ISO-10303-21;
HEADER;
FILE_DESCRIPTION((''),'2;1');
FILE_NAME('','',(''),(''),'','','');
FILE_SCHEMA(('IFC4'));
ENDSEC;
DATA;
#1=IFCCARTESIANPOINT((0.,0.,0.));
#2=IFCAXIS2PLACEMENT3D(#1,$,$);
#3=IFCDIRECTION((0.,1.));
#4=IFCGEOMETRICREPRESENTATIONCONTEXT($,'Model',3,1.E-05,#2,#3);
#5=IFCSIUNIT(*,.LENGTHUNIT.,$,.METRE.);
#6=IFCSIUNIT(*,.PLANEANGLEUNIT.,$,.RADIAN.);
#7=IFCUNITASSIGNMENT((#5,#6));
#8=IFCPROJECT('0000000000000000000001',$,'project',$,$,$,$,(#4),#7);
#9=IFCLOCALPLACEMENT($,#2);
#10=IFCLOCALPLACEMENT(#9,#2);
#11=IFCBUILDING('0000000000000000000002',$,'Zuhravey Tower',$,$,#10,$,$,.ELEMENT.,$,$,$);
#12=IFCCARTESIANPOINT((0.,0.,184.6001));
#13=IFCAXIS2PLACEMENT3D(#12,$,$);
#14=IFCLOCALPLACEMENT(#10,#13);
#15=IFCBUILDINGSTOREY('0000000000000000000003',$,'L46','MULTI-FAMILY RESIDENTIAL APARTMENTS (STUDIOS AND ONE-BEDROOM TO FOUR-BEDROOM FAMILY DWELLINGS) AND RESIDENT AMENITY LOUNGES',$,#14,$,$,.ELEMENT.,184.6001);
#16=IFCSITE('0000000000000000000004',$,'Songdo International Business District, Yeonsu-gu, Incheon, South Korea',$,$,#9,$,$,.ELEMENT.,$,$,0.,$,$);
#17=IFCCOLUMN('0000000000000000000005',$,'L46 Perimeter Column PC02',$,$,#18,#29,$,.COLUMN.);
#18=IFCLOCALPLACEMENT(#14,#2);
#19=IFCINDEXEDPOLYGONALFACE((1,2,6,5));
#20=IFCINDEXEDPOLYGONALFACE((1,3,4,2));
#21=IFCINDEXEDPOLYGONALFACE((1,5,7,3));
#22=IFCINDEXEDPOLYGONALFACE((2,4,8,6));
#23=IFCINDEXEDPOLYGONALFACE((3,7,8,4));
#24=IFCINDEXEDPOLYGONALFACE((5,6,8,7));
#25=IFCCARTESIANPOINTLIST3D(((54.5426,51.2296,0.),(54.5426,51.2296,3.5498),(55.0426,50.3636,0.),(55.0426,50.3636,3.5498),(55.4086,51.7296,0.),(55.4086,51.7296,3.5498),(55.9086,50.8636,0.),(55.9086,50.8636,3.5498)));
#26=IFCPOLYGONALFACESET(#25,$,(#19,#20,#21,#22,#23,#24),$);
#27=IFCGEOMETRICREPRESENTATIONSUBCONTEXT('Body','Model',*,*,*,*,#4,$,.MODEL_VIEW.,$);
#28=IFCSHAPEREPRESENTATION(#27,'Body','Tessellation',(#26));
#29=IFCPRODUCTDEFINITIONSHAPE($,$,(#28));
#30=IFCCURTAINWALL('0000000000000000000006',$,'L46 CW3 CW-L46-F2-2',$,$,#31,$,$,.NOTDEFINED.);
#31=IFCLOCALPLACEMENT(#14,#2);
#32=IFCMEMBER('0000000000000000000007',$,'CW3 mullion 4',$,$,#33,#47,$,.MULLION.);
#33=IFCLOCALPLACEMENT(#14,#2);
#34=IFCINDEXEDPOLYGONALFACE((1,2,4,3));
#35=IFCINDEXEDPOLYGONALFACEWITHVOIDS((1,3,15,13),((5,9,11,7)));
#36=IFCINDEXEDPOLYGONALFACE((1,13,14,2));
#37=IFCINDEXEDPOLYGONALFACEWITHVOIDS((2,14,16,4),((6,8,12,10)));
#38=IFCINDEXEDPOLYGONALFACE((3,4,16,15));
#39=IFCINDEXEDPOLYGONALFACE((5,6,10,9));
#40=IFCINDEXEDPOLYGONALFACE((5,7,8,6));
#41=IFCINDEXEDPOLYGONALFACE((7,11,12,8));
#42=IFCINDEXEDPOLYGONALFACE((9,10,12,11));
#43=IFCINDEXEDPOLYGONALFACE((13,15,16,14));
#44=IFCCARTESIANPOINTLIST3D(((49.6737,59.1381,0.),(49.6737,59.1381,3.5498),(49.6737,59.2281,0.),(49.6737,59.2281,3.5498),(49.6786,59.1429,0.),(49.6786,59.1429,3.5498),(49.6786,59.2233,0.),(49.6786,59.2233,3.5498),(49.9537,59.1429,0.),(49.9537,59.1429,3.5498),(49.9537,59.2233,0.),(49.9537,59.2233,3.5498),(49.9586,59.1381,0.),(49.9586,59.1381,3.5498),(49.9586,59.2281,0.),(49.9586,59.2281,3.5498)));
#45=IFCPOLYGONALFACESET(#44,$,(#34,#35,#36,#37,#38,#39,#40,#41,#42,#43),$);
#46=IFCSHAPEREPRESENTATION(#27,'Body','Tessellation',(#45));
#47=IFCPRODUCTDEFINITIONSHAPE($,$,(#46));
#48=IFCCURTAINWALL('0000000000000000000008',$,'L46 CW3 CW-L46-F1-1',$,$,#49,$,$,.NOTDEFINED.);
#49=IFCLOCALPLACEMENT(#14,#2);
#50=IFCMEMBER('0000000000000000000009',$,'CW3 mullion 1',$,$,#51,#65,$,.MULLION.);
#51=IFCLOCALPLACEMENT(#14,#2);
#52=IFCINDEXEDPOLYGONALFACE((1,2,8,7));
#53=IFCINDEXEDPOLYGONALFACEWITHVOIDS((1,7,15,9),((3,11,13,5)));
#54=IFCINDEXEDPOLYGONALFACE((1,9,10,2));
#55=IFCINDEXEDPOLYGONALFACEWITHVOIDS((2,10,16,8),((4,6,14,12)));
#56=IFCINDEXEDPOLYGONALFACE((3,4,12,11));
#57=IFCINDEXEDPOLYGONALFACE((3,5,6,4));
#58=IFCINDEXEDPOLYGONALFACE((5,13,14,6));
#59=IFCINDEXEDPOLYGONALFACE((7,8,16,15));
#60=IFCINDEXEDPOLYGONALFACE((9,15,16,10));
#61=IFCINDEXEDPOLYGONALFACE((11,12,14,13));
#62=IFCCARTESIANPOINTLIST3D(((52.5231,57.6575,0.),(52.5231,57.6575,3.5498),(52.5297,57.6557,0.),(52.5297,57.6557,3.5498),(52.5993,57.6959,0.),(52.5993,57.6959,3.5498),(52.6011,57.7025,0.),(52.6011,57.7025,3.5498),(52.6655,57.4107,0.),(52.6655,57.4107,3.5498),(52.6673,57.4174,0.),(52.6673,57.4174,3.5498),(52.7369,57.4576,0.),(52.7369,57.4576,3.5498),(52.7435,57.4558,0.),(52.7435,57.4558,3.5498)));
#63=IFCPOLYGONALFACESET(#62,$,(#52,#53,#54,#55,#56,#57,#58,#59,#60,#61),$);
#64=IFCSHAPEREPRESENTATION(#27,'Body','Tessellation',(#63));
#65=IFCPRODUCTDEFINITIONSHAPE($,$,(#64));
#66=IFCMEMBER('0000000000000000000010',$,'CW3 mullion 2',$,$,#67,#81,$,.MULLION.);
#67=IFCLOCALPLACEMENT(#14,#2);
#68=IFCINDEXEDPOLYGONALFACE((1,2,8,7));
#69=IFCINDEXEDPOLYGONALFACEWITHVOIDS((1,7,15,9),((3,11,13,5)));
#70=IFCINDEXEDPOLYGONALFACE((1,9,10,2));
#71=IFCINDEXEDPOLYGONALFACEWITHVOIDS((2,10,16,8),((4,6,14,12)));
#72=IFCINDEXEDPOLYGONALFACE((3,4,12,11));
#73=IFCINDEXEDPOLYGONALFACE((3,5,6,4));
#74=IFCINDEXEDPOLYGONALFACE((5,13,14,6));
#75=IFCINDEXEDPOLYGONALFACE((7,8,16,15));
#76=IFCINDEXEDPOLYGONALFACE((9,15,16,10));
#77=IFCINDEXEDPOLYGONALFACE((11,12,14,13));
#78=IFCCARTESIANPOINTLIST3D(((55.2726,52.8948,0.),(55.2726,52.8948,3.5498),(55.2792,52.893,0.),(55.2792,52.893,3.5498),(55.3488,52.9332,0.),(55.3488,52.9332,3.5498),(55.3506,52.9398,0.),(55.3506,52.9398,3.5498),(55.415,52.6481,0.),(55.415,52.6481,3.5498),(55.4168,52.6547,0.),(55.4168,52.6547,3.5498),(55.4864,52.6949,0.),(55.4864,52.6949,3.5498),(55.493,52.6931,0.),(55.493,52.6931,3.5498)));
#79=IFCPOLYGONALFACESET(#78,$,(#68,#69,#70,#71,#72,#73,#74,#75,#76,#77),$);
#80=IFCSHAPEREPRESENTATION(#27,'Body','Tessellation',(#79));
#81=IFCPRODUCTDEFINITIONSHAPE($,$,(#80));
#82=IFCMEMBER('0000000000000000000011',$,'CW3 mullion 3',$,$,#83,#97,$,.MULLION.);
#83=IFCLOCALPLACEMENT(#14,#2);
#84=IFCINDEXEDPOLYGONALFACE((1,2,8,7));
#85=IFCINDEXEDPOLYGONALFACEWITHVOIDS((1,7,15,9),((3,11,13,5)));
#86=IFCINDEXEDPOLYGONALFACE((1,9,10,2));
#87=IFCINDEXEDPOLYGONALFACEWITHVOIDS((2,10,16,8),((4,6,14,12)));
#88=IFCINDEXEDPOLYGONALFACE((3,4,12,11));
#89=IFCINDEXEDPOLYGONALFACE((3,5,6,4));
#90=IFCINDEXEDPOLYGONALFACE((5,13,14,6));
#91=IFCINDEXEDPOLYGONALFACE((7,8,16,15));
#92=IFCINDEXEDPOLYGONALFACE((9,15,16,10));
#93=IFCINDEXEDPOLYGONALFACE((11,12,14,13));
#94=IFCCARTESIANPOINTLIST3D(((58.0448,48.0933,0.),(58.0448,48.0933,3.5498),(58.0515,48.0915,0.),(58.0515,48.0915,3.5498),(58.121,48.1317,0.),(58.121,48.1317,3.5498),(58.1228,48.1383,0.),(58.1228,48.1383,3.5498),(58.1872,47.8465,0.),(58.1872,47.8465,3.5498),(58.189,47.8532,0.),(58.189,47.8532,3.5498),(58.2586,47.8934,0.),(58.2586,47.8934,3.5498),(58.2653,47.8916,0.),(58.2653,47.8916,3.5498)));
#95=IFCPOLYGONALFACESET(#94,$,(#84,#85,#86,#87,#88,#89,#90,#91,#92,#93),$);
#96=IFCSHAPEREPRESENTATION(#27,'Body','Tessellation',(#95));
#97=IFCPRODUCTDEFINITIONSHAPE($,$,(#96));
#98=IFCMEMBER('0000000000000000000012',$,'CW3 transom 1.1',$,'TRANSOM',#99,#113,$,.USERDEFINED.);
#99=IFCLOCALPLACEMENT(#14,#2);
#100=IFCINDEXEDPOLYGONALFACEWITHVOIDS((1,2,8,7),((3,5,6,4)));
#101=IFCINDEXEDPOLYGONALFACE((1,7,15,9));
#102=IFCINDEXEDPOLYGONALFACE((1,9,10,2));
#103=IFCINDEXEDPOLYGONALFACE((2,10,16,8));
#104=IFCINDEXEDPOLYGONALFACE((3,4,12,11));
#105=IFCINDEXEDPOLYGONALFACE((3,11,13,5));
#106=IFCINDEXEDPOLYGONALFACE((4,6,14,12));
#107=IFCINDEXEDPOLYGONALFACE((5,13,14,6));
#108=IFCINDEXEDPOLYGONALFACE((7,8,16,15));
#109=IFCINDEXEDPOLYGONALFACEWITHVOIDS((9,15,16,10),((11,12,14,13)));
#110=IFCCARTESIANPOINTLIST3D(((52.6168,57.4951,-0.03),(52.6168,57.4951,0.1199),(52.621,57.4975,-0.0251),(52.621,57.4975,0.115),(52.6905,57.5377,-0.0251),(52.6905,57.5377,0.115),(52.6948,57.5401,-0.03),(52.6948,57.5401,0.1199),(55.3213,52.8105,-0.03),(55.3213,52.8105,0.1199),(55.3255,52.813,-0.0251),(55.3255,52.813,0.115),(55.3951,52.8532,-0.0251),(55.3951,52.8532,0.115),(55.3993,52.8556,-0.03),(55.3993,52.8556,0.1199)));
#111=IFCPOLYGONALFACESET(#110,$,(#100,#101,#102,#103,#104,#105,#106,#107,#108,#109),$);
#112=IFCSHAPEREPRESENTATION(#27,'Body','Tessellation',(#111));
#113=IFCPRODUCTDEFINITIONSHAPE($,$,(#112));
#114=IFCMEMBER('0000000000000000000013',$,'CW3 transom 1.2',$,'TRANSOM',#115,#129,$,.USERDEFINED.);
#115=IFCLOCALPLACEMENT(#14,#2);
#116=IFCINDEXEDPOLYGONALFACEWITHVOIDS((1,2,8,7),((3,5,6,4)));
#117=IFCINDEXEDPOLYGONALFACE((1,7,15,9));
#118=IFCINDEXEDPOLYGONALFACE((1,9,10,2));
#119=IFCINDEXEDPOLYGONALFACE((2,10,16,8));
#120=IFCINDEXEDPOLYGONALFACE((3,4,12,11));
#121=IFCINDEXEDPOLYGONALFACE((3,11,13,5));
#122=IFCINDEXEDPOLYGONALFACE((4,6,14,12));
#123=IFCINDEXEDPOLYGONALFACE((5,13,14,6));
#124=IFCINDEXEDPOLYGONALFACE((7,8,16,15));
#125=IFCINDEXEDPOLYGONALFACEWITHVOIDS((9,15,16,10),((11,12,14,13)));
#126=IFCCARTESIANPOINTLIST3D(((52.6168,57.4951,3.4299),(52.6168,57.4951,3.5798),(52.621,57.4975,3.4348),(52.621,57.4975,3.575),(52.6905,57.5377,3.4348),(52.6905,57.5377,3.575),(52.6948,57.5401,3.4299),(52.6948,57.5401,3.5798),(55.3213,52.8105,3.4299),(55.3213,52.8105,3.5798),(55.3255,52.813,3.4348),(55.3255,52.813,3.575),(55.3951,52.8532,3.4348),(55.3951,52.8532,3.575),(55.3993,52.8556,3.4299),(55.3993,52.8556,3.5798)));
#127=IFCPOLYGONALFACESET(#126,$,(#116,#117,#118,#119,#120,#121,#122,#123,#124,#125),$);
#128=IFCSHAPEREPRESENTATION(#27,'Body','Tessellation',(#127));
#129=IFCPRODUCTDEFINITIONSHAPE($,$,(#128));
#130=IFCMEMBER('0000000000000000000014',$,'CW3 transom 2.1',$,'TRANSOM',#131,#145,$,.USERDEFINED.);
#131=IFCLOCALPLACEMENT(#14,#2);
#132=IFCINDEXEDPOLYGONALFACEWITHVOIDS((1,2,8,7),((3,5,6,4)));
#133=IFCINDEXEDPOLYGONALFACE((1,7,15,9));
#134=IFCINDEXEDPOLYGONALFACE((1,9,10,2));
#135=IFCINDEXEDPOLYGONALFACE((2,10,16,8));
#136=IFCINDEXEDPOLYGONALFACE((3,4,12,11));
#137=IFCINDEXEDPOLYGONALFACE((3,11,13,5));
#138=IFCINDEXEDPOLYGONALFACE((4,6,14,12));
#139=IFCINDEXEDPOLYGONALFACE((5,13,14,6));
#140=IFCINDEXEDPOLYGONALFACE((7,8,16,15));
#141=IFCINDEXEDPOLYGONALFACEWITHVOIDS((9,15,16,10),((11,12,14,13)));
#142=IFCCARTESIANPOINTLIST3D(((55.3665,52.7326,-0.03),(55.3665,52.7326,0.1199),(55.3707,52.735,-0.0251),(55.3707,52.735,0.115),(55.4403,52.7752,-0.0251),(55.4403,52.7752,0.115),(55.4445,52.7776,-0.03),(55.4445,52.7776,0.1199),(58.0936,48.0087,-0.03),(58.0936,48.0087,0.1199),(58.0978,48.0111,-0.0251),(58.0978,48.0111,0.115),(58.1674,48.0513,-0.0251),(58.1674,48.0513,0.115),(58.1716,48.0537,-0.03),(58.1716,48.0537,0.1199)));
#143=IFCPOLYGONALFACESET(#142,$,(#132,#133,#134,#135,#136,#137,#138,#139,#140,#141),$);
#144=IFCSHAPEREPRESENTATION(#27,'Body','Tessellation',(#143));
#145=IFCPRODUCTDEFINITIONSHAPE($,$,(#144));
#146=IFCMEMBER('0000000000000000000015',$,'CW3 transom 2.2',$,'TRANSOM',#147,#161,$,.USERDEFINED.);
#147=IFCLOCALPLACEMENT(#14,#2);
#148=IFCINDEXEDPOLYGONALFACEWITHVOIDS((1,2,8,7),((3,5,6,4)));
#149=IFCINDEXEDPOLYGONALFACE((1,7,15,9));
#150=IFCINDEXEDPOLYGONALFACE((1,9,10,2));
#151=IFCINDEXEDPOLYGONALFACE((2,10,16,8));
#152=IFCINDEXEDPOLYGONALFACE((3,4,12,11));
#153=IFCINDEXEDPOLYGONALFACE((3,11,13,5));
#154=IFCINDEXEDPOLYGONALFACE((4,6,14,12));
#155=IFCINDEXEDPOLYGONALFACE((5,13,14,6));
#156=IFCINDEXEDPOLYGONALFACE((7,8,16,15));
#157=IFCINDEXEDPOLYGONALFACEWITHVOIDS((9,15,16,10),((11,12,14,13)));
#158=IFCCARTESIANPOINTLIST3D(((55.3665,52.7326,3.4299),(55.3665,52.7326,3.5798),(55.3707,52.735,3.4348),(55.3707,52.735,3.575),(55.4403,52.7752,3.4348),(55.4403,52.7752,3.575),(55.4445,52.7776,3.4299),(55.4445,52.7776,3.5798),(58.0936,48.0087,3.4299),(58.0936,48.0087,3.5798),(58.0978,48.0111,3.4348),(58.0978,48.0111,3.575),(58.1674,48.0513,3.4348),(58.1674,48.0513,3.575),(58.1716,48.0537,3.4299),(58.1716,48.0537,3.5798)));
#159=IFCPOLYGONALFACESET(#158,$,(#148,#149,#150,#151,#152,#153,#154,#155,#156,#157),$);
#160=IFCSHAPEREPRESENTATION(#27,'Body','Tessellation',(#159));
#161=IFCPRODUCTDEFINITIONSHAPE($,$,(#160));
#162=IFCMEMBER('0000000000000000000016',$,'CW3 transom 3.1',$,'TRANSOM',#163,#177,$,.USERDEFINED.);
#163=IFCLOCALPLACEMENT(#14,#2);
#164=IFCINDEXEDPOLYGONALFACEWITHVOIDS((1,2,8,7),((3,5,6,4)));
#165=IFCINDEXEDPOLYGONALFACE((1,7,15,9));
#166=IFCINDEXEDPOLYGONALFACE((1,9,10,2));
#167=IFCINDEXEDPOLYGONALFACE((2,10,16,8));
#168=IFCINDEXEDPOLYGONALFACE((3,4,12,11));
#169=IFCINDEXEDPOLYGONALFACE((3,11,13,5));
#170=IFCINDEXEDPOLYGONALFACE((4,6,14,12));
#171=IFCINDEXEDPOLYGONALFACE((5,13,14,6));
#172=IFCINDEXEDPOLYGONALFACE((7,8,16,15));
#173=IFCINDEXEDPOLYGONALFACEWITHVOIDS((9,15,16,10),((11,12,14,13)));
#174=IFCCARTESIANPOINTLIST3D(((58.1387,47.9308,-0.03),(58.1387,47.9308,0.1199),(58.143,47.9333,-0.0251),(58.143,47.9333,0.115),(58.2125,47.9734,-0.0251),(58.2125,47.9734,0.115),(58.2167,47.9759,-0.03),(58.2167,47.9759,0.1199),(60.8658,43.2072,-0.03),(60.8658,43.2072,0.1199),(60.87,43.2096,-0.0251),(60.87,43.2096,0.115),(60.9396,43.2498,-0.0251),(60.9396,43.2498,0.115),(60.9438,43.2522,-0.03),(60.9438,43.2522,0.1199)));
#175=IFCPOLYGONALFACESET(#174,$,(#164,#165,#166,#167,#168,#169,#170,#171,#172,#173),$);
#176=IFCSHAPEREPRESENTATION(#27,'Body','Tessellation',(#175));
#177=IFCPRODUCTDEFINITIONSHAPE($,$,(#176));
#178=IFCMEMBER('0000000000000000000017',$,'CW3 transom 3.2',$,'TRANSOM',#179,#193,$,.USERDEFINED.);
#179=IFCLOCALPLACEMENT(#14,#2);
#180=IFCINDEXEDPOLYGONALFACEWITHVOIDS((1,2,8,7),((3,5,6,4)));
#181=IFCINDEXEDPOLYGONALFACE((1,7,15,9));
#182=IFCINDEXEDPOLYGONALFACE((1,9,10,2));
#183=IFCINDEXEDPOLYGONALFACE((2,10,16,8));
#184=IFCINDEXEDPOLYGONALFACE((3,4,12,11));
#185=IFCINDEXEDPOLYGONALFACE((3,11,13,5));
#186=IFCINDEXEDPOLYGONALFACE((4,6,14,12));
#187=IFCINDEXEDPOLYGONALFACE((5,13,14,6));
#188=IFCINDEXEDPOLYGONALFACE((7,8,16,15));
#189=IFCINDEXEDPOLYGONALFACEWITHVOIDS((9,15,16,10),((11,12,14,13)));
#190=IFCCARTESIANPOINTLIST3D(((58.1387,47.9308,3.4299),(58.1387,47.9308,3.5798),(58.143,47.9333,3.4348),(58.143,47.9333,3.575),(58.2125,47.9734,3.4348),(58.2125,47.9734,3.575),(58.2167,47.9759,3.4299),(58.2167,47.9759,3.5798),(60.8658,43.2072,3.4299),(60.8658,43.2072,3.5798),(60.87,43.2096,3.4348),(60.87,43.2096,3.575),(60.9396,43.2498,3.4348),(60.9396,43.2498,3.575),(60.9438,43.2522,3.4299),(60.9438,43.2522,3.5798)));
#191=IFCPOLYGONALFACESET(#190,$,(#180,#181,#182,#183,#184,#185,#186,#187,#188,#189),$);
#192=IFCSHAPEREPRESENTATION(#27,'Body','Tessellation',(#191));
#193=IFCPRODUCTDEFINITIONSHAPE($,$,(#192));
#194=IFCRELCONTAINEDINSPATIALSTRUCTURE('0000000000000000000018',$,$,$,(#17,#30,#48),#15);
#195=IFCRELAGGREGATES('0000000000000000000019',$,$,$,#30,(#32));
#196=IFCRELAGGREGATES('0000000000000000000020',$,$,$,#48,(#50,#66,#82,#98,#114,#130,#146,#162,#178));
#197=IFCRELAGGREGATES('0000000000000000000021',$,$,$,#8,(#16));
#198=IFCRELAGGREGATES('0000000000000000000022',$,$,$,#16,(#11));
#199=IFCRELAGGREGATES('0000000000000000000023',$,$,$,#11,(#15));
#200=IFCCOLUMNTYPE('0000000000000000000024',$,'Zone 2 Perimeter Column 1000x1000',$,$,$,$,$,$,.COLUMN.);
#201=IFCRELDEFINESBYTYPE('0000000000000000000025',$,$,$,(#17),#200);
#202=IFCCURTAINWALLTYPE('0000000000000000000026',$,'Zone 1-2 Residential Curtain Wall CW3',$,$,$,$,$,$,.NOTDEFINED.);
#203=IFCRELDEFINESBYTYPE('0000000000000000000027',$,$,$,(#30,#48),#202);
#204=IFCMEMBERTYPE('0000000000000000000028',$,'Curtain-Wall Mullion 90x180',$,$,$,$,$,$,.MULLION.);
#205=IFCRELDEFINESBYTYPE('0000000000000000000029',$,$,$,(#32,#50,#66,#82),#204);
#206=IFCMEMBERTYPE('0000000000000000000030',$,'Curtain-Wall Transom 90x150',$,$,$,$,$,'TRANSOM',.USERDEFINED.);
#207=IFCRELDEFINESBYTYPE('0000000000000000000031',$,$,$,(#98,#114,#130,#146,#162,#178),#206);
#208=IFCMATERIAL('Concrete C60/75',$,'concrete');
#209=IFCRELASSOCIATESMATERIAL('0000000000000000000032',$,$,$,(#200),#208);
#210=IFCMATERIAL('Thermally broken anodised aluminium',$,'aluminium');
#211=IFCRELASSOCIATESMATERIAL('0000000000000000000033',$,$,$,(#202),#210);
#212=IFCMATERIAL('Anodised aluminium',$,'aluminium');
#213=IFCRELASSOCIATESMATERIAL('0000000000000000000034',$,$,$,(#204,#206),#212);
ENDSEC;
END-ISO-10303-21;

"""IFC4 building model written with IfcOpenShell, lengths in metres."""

from ifc_helpers import new_model, si_unit, direction, frame, origin, origin_2d, place, context, subcontext, project, spatial, rectangle, hollow_rectangle, extrude, material, material_profile, profile_set, type_object, element, aggregate, save


model = new_model("IFC4")

# Units and contexts
model_context = context("Model", 3, precision=1e-05, world=origin(), true_north=direction((0.0, 1.0)))
body_context = subcontext(model_context, "Body", "Model", "MODEL_VIEW")
ifc_project = project(units=[si_unit("LENGTHUNIT", "METRE"), si_unit("PLANEANGLEUNIT", "RADIAN")], contexts=[model_context])

# Site, building, storey
site_placement = place(None, origin())
site = spatial("IfcSite", under=ifc_project, at=site_placement, Name="Songdo International Business District, Yeonsu-gu, Incheon, South Korea", CompositionType="ELEMENT", RefElevation=0.0)
building_placement = place(site_placement, origin())
building = spatial("IfcBuilding", under=site, at=building_placement, Name="Zuhravey Tower", CompositionType="ELEMENT")
storey_placement = place(building_placement, frame((0.0, 0.0, 184.6001)))
storey = spatial("IfcBuildingStorey", under=building, at=storey_placement, Name="L46", Description="MULTI-FAMILY RESIDENTIAL APARTMENTS (STUDIOS AND ONE-BEDROOM TO FOUR-BEDROOM FAMILY DWELLINGS) AND RESIDENT AMENITY LOUNGES", CompositionType="ELEMENT", Elevation=184.6001)

# Column
ifc_material_1 = material(Name="Concrete C60/75", Category="concrete")
ifc_material_profile_1 = material_profile(ifc_material_1, rectangle(XDim=1.0, YDim=1.0, at=origin_2d()), Name="RC-1000x1000")
ifc_profile_set_1 = profile_set([ifc_material_profile_1], Name="Concrete C60/75")
column_type = type_object("IfcColumnType", Name="Zone 2 Perimeter Column 1000x1000", PredefinedType="COLUMN", material=ifc_profile_set_1)
column_placement = place(storey_placement, frame((55.2256, 51.0466, 0.0), z_axis=(0.0, 0.0, 1.0), x_axis=(-0.5, 0.866025, 0.0)))
element("IfcColumn", 1, at=column_placement, inside=storey, type_object=column_type, Name="L46 Perimeter Column PC02", PredefinedType="COLUMN", context=body_context, shape_type="SweptSolid", body=[
    extrude(rectangle(XDim=1.0, YDim=1.0, at=origin_2d()), origin(), (0.0, 0.0, 1.0), 3.5498),
])

# Curtain wall, member
ifc_material_2 = material(Name="Thermally broken anodised aluminium", Category="aluminium")
curtain_wall_type = type_object("IfcCurtainWallType", Name="Zone 1-2 Residential Curtain Wall CW3", PredefinedType="NOTDEFINED", material=ifc_material_2)
curtain_wall_1_placement = place(storey_placement, origin())
curtain_wall_1 = element("IfcCurtainWall", 2, at=curtain_wall_1_placement, inside=storey, type_object=curtain_wall_type, Name="L46 CW3 CW-L46-F2-2", PredefinedType="NOTDEFINED")
ifc_material_3 = material(Name="Anodised aluminium", Category="aluminium")
ifc_material_profile_2 = material_profile(ifc_material_3, hollow_rectangle(XDim=0.0901, YDim=0.2849, WallThickness=0.0049, at=origin_2d()), Name="ALU-RHS-90x285x5")
ifc_profile_set_2 = profile_set([ifc_material_profile_2], Name="Anodised aluminium")
member_type_1 = type_object("IfcMemberType", Name="Curtain-Wall Mullion 90x180", PredefinedType="MULLION", material=ifc_profile_set_2)
member_1_placement = place(storey_placement, frame((49.8162, 59.1831, 0.0), z_axis=(0.0, 0.0, 1.0), x_axis=(0.0, 1.0, 0.0)))
member_1 = element("IfcMember", 3, at=member_1_placement, type_object=member_type_1, Name="CW3 mullion 4", PredefinedType="MULLION", context=body_context, shape_type="SweptSolid", body=[
    extrude(hollow_rectangle(XDim=0.0901, YDim=0.2849, WallThickness=0.0049, at=origin_2d()), origin(), (0.0, 0.0, 1.0), 3.5498),
])
aggregate(curtain_wall_1, [member_1])

# Curtain wall, members
curtain_wall_2_placement = place(storey_placement, origin())
curtain_wall_2 = element("IfcCurtainWall", 4, at=curtain_wall_2_placement, inside=storey, type_object=curtain_wall_type, Name="L46 CW3 CW-L46-F1-1", PredefinedType="NOTDEFINED")
member_2_placement = place(storey_placement, frame((52.6333, 57.5566, 0.0), z_axis=(0.0, 0.0, 1.0), x_axis=(0.866025, 0.5, 0.0)))
member_2 = element("IfcMember", 5, at=member_2_placement, type_object=member_type_1, Name="CW3 mullion 1", PredefinedType="MULLION", context=body_context, shape_type="SweptSolid", body=[
    extrude(hollow_rectangle(XDim=0.0901, YDim=0.2849, WallThickness=0.0049, at=origin_2d()), origin(), (0.0, 0.0, 1.0), 3.5498),
])
member_3_placement = place(storey_placement, frame((55.3828, 52.7939, 0.0), z_axis=(0.0, 0.0, 1.0), x_axis=(0.866025, 0.5, 0.0)))
member_3 = element("IfcMember", 6, at=member_3_placement, type_object=member_type_1, Name="CW3 mullion 2", PredefinedType="MULLION", context=body_context, shape_type="SweptSolid", body=[
    extrude(hollow_rectangle(XDim=0.0901, YDim=0.2849, WallThickness=0.0049, at=origin_2d()), origin(), (0.0, 0.0, 1.0), 3.5498),
])
member_4_placement = place(storey_placement, frame((58.155, 47.9924, 0.0), z_axis=(0.0, 0.0, 1.0), x_axis=(0.866025, 0.5, 0.0)))
member_4 = element("IfcMember", 7, at=member_4_placement, type_object=member_type_1, Name="CW3 mullion 3", PredefinedType="MULLION", context=body_context, shape_type="SweptSolid", body=[
    extrude(hollow_rectangle(XDim=0.0901, YDim=0.2849, WallThickness=0.0049, at=origin_2d()), origin(), (0.0, 0.0, 1.0), 3.5498),
])
ifc_material_profile_3 = material_profile(ifc_material_3, hollow_rectangle(XDim=0.0901, YDim=0.1499, WallThickness=0.0049, at=origin_2d()), Name="ALU-RHS-90x150x5")
ifc_profile_set_3 = profile_set([ifc_material_profile_3], Name="Anodised aluminium")
member_type_2 = type_object("IfcMemberType", Name="Curtain-Wall Transom 90x150", ElementType="TRANSOM", PredefinedType="USERDEFINED", material=ifc_profile_set_3)
member_5_placement = place(storey_placement, frame((52.6558, 57.5176, 0.0449), z_axis=(0.499993, -0.866029, 0.0), x_axis=(0.866029, 0.499993, 0.0)))
member_5 = element("IfcMember", 8, at=member_5_placement, type_object=member_type_2, Name="CW3 transom 1.1", ObjectType="TRANSOM", PredefinedType="USERDEFINED", context=body_context, shape_type="SweptSolid", body=[
    extrude(hollow_rectangle(XDim=0.0901, YDim=0.1499, WallThickness=0.0049, at=origin_2d()), origin(), (0.0, 0.0, 1.0), 5.4092),
])
member_6_placement = place(storey_placement, frame((52.6558, 57.5176, 3.5049), z_axis=(0.499993, -0.866029, 0.0), x_axis=(0.866029, 0.499993, 0.0)))
member_6 = element("IfcMember", 9, at=member_6_placement, type_object=member_type_2, Name="CW3 transom 1.2", ObjectType="TRANSOM", PredefinedType="USERDEFINED", context=body_context, shape_type="SweptSolid", body=[
    extrude(hollow_rectangle(XDim=0.0901, YDim=0.1499, WallThickness=0.0049, at=origin_2d()), origin(), (0.0, 0.0, 1.0), 5.4092),
])
member_7_placement = place(storey_placement, frame((55.4055, 52.7551, 0.0449), z_axis=(0.499961, -0.866048, 0.0), x_axis=(0.866048, 0.499961, 0.0)))
member_7 = element("IfcMember", 10, at=member_7_placement, type_object=member_type_2, Name="CW3 transom 2.1", ObjectType="TRANSOM", PredefinedType="USERDEFINED", context=body_context, shape_type="SweptSolid", body=[
    extrude(hollow_rectangle(XDim=0.0901, YDim=0.1499, WallThickness=0.0049, at=origin_2d()), origin(), (0.0, 0.0, 1.0), 5.4546),
])
member_8_placement = place(storey_placement, frame((55.4055, 52.7551, 3.5049), z_axis=(0.499961, -0.866048, 0.0), x_axis=(0.866048, 0.499961, 0.0)))
member_8 = element("IfcMember", 11, at=member_8_placement, type_object=member_type_2, Name="CW3 transom 2.2", ObjectType="TRANSOM", PredefinedType="USERDEFINED", context=body_context, shape_type="SweptSolid", body=[
    extrude(hollow_rectangle(XDim=0.0901, YDim=0.1499, WallThickness=0.0049, at=origin_2d()), origin(), (0.0, 0.0, 1.0), 5.4546),
])
member_9_placement = place(storey_placement, frame((58.1777, 47.9534, 0.0449), z_axis=(0.499981, -0.866037, 0.0), x_axis=(0.866037, 0.499981, 0.0)))
member_9 = element("IfcMember", 12, at=member_9_placement, type_object=member_type_2, Name="CW3 transom 3.1", ObjectType="TRANSOM", PredefinedType="USERDEFINED", context=body_context, shape_type="SweptSolid", body=[
    extrude(hollow_rectangle(XDim=0.0901, YDim=0.1499, WallThickness=0.0049, at=origin_2d()), origin(), (0.0, 0.0, 1.0), 5.4543),
])
member_10_placement = place(storey_placement, frame((58.1777, 47.9534, 3.5049), z_axis=(0.499981, -0.866037, 0.0), x_axis=(0.866037, 0.499981, 0.0)))
member_10 = element("IfcMember", 13, at=member_10_placement, type_object=member_type_2, Name="CW3 transom 3.2", ObjectType="TRANSOM", PredefinedType="USERDEFINED", context=body_context, shape_type="SweptSolid", body=[
    extrude(hollow_rectangle(XDim=0.0901, YDim=0.1499, WallThickness=0.0049, at=origin_2d()), origin(), (0.0, 0.0, 1.0), 5.4543),
])

aggregate(curtain_wall_2, [member_2, member_3, member_4, member_5, member_6, member_7, member_8, member_9, member_10])

save(model, "model.ifc")
